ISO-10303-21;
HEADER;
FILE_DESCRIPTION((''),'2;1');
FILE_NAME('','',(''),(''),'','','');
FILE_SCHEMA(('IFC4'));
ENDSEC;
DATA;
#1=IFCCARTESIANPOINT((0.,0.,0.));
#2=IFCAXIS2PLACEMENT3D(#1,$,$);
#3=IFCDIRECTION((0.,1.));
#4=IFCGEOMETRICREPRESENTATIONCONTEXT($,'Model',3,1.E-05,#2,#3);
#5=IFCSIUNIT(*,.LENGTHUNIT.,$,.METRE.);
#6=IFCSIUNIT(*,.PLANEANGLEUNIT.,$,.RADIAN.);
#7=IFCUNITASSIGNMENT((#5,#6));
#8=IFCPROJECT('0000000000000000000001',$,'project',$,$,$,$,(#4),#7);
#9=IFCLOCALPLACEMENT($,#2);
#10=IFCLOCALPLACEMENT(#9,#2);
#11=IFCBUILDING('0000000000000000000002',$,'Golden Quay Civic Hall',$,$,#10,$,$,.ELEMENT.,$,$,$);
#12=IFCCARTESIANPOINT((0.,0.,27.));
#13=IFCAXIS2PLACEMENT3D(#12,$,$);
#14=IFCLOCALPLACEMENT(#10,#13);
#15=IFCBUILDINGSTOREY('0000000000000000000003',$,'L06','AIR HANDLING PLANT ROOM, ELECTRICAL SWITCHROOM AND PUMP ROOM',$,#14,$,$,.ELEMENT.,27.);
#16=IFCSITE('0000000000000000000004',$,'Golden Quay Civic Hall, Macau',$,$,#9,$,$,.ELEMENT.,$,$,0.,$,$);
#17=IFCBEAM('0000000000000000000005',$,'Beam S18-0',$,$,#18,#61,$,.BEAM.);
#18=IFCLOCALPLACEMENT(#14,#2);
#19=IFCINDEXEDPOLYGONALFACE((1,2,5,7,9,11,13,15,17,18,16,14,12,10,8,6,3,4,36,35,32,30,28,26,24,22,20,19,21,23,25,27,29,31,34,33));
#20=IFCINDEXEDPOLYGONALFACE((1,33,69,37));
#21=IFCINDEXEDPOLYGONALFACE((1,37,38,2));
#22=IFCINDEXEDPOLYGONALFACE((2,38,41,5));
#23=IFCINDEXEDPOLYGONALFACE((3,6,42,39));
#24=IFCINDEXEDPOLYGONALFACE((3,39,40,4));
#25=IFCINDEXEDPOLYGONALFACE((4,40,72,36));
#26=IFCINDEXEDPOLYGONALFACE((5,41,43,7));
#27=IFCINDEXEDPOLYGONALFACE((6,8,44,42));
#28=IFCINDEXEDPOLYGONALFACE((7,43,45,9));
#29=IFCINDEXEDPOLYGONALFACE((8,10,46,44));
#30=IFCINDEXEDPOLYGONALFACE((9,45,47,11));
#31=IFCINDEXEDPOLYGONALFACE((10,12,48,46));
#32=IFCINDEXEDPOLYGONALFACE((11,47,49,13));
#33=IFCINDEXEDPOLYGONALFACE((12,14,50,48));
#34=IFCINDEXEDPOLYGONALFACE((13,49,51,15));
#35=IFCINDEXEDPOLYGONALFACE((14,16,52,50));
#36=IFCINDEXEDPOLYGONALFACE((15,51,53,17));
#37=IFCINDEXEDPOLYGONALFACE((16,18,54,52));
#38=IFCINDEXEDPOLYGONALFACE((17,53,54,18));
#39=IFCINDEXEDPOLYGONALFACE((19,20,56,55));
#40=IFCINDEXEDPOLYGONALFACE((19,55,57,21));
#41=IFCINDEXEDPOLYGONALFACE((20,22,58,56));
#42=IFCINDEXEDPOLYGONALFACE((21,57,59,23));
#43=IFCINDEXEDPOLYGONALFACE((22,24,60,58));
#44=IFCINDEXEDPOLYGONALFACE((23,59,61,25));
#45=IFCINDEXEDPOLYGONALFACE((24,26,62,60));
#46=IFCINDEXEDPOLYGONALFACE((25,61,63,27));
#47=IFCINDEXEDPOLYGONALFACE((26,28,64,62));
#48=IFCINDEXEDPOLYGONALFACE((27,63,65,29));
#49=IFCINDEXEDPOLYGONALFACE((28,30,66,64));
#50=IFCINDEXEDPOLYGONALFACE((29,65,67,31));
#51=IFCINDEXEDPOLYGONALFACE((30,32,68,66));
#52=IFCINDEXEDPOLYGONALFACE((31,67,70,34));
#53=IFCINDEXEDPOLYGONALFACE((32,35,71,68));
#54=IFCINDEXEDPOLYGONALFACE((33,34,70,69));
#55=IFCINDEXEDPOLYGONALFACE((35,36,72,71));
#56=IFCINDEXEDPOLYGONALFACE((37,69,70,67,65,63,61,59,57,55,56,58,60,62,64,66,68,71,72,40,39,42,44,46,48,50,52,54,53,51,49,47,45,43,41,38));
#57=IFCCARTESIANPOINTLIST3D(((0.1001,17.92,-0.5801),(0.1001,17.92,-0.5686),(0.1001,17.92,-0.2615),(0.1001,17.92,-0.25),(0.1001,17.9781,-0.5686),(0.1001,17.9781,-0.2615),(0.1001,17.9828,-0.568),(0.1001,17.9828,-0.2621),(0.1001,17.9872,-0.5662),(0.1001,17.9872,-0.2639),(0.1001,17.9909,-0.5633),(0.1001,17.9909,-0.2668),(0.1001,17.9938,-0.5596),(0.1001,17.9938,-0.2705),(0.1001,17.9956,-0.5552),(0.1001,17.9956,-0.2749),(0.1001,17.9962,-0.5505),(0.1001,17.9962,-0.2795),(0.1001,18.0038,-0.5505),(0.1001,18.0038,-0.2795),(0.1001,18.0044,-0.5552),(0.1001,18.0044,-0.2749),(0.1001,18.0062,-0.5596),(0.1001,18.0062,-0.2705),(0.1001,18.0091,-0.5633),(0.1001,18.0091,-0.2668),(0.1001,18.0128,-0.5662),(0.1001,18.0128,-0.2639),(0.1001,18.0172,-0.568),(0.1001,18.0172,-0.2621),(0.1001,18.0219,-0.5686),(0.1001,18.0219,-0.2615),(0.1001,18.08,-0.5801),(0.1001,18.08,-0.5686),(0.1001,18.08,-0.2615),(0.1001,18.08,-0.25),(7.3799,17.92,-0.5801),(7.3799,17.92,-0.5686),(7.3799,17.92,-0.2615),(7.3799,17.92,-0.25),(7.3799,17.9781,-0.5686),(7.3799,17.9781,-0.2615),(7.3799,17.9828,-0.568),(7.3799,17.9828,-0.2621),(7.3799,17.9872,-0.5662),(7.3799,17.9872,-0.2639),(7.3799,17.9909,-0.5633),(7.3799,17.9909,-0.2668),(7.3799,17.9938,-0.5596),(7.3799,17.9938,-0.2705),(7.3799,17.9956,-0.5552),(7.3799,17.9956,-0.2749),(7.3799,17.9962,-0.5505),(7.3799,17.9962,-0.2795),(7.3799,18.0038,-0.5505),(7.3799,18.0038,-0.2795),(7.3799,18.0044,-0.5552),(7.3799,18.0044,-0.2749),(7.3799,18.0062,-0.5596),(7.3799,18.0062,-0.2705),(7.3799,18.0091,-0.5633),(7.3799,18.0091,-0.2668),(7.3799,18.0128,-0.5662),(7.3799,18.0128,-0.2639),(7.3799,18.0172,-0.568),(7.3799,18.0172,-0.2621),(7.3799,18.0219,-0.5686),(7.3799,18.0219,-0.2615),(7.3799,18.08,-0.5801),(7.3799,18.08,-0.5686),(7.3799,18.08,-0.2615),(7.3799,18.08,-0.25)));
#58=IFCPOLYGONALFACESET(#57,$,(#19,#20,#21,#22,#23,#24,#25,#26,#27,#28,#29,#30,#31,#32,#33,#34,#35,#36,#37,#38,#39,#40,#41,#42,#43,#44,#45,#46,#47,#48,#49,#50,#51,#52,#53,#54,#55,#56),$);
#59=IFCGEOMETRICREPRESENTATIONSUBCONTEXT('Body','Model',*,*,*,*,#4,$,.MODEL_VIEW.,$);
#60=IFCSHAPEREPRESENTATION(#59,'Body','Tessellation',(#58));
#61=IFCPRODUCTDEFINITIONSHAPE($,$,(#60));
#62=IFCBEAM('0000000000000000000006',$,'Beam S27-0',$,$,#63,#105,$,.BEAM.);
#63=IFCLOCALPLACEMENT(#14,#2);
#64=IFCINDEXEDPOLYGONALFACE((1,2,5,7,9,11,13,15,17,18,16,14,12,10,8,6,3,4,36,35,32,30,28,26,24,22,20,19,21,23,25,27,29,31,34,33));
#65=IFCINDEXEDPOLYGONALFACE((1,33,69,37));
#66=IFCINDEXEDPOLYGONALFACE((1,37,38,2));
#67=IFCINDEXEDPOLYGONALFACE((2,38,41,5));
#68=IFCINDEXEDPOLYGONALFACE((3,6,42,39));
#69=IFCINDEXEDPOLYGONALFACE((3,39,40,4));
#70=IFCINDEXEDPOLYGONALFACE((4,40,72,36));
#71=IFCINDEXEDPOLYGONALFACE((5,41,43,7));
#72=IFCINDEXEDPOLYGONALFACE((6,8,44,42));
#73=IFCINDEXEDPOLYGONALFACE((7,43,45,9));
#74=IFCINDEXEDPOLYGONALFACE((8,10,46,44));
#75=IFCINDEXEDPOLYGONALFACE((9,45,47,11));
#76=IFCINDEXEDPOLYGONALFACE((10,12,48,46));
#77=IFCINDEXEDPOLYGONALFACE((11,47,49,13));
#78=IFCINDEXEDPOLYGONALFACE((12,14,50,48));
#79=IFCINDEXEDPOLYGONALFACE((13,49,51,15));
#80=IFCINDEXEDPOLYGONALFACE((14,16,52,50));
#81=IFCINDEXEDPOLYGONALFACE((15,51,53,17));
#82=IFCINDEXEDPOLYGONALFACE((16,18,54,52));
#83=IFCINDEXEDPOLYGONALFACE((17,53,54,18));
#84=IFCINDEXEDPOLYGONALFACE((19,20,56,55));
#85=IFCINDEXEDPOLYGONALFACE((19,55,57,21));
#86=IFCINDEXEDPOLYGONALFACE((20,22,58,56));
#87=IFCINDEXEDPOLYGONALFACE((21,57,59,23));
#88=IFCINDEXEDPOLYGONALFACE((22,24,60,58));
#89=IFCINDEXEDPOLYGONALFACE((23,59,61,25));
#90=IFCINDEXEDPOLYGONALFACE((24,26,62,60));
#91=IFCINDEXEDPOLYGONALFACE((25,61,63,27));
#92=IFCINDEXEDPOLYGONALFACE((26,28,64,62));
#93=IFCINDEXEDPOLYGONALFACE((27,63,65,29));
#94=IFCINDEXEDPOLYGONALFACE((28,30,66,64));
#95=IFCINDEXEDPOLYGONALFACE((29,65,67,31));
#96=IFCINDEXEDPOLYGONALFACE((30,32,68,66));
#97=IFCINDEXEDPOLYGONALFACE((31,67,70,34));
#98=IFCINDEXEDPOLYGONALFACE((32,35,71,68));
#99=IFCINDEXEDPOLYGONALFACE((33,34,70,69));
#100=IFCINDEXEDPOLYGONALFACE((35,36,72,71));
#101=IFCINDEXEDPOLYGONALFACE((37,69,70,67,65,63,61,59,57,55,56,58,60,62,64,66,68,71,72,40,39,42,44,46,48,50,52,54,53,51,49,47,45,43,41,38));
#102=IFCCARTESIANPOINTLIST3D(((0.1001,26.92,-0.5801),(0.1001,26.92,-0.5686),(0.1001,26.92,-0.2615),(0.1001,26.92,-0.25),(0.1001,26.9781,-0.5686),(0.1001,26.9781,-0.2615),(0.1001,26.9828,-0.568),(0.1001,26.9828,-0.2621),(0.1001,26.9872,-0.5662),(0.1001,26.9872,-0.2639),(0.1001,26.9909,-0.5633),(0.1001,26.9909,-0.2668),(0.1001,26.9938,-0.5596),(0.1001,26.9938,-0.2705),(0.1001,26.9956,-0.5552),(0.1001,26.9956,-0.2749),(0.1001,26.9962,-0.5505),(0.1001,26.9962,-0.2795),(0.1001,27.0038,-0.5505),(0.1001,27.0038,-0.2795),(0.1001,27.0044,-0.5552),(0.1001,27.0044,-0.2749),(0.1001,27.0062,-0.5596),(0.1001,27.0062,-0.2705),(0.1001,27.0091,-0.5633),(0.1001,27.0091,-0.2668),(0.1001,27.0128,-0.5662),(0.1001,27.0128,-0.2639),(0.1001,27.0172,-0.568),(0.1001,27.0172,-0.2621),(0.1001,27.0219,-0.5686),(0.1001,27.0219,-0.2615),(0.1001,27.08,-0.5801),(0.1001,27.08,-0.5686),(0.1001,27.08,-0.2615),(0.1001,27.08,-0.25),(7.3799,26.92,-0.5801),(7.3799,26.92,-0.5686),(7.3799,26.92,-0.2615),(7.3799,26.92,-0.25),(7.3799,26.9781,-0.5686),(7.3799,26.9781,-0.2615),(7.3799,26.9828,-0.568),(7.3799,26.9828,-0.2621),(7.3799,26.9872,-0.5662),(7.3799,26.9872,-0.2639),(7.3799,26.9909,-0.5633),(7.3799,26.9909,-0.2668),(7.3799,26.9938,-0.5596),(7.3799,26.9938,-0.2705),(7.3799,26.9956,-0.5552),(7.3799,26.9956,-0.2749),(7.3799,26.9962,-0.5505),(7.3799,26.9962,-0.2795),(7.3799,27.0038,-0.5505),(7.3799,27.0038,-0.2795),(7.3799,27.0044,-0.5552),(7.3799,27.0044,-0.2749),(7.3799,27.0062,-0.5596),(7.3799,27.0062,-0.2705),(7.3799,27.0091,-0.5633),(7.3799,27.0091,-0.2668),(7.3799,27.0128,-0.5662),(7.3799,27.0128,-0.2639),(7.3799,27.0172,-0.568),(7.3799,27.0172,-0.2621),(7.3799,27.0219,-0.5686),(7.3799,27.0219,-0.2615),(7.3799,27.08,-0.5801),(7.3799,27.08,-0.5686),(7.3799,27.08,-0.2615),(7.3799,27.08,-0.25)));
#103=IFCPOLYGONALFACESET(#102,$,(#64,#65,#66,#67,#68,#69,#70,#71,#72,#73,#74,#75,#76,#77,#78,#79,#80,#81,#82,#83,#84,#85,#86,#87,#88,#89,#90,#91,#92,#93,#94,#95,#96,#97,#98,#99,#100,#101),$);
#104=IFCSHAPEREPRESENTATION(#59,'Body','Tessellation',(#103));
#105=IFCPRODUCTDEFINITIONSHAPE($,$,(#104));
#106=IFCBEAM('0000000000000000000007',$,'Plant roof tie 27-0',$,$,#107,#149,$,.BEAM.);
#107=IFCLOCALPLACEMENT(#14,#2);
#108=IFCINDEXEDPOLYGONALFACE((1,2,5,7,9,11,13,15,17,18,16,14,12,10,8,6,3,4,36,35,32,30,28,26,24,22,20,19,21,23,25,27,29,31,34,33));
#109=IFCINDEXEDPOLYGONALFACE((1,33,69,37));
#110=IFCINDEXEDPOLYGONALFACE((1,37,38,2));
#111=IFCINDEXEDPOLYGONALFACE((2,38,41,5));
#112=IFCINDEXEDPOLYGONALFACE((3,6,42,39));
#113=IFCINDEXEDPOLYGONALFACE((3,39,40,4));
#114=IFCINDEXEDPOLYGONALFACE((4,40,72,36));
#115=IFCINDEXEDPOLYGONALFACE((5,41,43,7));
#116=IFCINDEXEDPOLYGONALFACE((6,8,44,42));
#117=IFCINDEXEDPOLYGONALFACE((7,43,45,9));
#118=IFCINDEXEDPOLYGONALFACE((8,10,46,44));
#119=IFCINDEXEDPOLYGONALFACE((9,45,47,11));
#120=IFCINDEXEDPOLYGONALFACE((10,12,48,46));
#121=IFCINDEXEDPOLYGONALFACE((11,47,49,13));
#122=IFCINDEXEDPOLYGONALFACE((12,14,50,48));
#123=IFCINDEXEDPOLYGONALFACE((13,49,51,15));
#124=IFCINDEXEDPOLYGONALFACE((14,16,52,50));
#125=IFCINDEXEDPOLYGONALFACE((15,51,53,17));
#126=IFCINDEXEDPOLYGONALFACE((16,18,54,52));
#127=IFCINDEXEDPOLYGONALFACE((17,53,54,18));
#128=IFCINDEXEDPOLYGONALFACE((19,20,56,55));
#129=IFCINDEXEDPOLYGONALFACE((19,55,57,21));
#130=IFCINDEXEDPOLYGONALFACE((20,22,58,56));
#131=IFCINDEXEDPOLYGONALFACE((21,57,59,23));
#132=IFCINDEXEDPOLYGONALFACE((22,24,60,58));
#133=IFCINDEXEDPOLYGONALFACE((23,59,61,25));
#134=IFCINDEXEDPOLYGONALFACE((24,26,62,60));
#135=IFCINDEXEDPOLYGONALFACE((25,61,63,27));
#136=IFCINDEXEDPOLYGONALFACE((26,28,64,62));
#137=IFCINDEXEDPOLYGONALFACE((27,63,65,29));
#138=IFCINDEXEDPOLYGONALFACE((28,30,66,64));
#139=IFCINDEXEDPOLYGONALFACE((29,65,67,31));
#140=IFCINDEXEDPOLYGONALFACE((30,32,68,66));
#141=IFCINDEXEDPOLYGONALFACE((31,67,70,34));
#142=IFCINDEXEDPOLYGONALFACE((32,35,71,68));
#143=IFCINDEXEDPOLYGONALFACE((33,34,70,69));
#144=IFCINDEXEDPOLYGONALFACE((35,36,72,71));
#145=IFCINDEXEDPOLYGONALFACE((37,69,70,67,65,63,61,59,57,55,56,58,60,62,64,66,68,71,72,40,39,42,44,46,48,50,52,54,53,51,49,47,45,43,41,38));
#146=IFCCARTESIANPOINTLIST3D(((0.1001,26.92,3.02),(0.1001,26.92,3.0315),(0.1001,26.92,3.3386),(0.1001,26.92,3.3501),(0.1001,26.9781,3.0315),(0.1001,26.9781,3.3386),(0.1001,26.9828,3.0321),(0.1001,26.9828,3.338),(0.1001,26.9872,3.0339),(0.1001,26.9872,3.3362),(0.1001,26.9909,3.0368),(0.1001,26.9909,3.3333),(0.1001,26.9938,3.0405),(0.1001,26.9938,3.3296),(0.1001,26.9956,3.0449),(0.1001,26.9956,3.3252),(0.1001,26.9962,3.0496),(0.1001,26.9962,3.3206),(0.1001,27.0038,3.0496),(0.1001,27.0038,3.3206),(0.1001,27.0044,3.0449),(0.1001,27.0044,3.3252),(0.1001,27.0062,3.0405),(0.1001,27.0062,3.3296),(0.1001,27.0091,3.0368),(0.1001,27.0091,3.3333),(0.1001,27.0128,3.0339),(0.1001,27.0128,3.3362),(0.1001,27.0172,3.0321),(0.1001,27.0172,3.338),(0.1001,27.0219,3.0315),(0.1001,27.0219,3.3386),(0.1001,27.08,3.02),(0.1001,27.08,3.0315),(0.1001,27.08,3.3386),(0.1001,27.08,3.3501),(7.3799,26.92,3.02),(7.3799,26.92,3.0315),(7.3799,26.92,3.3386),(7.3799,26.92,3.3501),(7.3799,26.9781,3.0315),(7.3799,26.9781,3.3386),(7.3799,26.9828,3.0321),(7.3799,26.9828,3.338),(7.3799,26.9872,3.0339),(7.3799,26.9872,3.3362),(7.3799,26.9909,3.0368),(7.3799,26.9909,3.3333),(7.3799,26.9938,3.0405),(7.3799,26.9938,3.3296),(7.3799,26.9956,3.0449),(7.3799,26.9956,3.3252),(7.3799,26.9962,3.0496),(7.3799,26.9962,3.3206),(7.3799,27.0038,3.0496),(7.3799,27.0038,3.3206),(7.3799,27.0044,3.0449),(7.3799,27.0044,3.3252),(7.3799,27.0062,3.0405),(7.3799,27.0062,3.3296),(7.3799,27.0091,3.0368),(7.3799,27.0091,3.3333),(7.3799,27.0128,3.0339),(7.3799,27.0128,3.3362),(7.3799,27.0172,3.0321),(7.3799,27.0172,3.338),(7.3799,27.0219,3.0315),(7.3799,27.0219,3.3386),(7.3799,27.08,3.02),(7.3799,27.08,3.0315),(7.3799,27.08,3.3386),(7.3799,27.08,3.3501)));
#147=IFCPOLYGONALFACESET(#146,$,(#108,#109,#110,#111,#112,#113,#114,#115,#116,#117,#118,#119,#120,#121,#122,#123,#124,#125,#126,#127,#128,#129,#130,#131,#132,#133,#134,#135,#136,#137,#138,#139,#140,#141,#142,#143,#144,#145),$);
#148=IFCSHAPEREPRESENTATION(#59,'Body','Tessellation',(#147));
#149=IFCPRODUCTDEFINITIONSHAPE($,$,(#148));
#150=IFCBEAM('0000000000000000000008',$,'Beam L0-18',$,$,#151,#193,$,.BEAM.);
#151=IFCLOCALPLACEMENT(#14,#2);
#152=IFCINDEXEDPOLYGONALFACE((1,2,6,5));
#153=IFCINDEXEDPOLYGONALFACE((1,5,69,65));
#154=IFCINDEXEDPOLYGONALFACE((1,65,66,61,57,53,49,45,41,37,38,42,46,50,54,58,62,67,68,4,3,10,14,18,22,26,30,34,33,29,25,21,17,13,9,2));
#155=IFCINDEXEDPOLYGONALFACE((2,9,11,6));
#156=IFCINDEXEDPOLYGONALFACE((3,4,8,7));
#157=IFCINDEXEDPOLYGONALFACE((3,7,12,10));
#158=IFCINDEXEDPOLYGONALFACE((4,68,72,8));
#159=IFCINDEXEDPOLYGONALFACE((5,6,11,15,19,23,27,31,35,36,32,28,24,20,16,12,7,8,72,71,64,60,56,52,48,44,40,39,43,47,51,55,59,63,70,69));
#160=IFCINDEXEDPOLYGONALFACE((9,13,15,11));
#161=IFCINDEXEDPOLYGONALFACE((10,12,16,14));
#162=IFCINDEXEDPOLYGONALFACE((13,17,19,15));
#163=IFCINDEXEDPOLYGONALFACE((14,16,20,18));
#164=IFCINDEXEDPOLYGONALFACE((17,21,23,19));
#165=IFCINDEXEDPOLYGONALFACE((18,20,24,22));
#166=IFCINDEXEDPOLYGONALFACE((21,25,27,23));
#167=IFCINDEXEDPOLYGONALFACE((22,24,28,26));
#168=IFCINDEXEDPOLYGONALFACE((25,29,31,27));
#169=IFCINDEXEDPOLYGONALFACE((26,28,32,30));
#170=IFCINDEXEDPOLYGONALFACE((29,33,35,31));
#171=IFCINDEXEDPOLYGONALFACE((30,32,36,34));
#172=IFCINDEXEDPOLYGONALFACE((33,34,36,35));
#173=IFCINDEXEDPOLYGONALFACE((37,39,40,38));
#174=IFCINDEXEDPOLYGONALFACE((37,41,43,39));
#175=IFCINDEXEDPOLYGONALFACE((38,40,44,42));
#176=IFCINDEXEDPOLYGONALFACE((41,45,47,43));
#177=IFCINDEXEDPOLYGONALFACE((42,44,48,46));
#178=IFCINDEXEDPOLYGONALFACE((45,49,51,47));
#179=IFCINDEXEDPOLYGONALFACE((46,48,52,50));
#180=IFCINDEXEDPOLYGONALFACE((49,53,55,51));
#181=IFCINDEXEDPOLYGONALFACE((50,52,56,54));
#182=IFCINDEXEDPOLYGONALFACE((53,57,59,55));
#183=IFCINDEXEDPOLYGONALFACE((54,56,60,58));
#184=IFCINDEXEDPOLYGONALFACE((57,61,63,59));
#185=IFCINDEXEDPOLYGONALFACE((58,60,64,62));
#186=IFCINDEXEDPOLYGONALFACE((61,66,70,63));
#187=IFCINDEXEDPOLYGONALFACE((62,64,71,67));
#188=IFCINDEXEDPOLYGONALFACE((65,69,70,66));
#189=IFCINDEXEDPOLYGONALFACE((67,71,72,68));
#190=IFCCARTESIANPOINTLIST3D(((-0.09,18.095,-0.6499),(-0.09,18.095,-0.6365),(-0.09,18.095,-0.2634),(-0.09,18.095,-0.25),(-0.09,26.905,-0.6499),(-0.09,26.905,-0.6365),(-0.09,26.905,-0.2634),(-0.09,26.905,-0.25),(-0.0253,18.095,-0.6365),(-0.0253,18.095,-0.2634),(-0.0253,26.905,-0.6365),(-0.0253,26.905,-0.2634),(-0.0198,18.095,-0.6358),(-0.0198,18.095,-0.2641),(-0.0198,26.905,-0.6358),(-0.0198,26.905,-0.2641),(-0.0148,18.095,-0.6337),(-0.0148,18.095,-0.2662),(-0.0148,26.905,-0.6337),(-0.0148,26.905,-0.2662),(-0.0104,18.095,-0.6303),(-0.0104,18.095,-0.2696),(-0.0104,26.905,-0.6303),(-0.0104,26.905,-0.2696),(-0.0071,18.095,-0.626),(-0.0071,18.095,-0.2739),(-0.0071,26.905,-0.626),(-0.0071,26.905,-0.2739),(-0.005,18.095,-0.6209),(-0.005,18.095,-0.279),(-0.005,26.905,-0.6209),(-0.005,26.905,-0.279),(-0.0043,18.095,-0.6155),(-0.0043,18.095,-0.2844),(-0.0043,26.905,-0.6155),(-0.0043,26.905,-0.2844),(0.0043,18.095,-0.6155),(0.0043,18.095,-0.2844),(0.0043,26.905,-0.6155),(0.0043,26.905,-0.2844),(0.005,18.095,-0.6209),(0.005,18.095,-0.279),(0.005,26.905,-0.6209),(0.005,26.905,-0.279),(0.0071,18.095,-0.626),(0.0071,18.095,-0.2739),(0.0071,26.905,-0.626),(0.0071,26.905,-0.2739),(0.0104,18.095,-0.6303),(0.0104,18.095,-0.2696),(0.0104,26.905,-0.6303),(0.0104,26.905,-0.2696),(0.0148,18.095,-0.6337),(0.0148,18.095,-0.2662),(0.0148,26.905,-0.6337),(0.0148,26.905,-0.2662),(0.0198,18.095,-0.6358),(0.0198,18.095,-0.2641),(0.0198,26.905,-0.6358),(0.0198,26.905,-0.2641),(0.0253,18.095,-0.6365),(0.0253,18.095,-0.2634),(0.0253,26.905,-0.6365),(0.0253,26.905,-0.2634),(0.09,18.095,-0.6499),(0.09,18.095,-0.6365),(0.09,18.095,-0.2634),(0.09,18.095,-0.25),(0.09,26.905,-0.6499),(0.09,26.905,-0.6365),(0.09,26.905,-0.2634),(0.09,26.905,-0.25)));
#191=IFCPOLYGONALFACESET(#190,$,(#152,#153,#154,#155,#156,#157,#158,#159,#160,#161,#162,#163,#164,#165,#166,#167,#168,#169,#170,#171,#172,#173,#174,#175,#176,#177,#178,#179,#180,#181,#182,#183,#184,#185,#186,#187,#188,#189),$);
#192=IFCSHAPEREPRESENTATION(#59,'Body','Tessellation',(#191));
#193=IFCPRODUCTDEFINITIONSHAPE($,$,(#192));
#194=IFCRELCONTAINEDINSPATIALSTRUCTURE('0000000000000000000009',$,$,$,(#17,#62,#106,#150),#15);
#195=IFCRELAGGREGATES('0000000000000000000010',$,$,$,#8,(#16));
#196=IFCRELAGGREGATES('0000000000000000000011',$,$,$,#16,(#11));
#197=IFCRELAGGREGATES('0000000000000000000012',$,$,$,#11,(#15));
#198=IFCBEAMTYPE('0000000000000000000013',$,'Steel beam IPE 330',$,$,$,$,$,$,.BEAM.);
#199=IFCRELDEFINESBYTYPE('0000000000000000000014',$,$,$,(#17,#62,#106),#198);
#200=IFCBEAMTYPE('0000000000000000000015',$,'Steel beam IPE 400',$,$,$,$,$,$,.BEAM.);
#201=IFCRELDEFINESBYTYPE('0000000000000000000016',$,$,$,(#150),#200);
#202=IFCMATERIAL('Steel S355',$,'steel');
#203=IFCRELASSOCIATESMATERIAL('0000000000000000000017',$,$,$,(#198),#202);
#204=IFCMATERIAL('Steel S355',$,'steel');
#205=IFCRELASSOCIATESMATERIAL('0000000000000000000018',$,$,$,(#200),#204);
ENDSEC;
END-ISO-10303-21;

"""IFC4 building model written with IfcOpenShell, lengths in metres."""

from ifc_helpers import new_model, si_unit, direction, frame, origin, origin_2d, place, context, subcontext, project, spatial, i_section, extrude, material, material_profile, profile_set, type_object, element, save


model = new_model("IFC4")

# Units and contexts
model_context = context("Model", 3, precision=1e-05, world=origin(), true_north=direction((0.0, 1.0)))
body_context = subcontext(model_context, "Body", "Model", "MODEL_VIEW")
ifc_project = project(units=[si_unit("LENGTHUNIT", "METRE"), si_unit("PLANEANGLEUNIT", "RADIAN")], contexts=[model_context])

# Site, building, storey
site_placement = place(None, origin())
site = spatial("IfcSite", under=ifc_project, at=site_placement, Name="Golden Quay Civic Hall, Macau", CompositionType="ELEMENT", RefElevation=0.0)
building_placement = place(site_placement, origin())
building = spatial("IfcBuilding", under=site, at=building_placement, Name="Golden Quay Civic Hall", CompositionType="ELEMENT")
storey_placement = place(building_placement, frame((0.0, 0.0, 27.0)))
storey = spatial("IfcBuildingStorey", under=building, at=storey_placement, Name="L06", Description="AIR HANDLING PLANT ROOM, ELECTRICAL SWITCHROOM AND PUMP ROOM", CompositionType="ELEMENT", Elevation=27.0)

# Beams
ifc_material_1 = material(Name="Steel S355", Category="steel")
ifc_material_profile_1 = material_profile(ifc_material_1, i_section(OverallWidth=0.1599, OverallDepth=0.3301, WebThickness=0.0076, FlangeThickness=0.0115, FilletRadius=0.0181, at=origin_2d()), Name="IPE 330")
ifc_profile_set_1 = profile_set([ifc_material_profile_1], Name="Steel S355")
beam_type_1 = type_object("IfcBeamType", Name="Steel beam IPE 330", PredefinedType="BEAM", material=ifc_profile_set_1)
for number, where, z_axis, x_axis, name in (
    (1, (0.1001, 18.0, -0.415), (1.0, 0.0, 0.0), (0.0, 1.0, 0.0), "Beam S18-0"),
    (2, (0.1001, 27.0, -0.415), (1.0, 0.0, 0.0), (0.0, 1.0, 0.0), "Beam S27-0"),
    (3, (0.1001, 27.0, 3.1851), (1.0, 0.0, 0.0), (0.0, 1.0, 0.0), "Plant roof tie 27-0"),
):
    element("IfcBeam", number, at=place(storey_placement, frame(where, z_axis=z_axis, x_axis=x_axis)), inside=storey, type_object=beam_type_1, Name=name, PredefinedType="BEAM", context=body_context, shape_type="SweptSolid", body=[
        extrude(i_section(OverallWidth=0.1599, OverallDepth=0.3301, WebThickness=0.0076, FlangeThickness=0.0115, FilletRadius=0.0181, at=origin_2d()), origin(), (0.0, 0.0, 1.0), 7.2798),
    ])
ifc_material_2 = material(Name="Steel S355", Category="steel")
ifc_material_profile_2 = material_profile(ifc_material_2, i_section(OverallWidth=0.1799, OverallDepth=0.3999, WebThickness=0.0085, FlangeThickness=0.0134, FilletRadius=0.021, at=origin_2d()), Name="IPE 400")
ifc_profile_set_2 = profile_set([ifc_material_profile_2], Name="Steel S355")
beam_type_2 = type_object("IfcBeamType", Name="Steel beam IPE 400", PredefinedType="BEAM", material=ifc_profile_set_2)
beam_1_placement = place(storey_placement, frame((0.0, 18.095, -0.45), z_axis=(0.0, 1.0, 0.0), x_axis=(-1.0, 0.0, 0.0)))
element("IfcBeam", 4, at=beam_1_placement, inside=storey, type_object=beam_type_2, Name="Beam L0-18", PredefinedType="BEAM", context=body_context, shape_type="SweptSolid", body=[
    extrude(i_section(OverallWidth=0.1799, OverallDepth=0.3999, WebThickness=0.0085, FlangeThickness=0.0134, FilletRadius=0.021, at=origin_2d()), origin(), (0.0, 0.0, 1.0), 8.8101),
])

save(model, "model.ifc")
